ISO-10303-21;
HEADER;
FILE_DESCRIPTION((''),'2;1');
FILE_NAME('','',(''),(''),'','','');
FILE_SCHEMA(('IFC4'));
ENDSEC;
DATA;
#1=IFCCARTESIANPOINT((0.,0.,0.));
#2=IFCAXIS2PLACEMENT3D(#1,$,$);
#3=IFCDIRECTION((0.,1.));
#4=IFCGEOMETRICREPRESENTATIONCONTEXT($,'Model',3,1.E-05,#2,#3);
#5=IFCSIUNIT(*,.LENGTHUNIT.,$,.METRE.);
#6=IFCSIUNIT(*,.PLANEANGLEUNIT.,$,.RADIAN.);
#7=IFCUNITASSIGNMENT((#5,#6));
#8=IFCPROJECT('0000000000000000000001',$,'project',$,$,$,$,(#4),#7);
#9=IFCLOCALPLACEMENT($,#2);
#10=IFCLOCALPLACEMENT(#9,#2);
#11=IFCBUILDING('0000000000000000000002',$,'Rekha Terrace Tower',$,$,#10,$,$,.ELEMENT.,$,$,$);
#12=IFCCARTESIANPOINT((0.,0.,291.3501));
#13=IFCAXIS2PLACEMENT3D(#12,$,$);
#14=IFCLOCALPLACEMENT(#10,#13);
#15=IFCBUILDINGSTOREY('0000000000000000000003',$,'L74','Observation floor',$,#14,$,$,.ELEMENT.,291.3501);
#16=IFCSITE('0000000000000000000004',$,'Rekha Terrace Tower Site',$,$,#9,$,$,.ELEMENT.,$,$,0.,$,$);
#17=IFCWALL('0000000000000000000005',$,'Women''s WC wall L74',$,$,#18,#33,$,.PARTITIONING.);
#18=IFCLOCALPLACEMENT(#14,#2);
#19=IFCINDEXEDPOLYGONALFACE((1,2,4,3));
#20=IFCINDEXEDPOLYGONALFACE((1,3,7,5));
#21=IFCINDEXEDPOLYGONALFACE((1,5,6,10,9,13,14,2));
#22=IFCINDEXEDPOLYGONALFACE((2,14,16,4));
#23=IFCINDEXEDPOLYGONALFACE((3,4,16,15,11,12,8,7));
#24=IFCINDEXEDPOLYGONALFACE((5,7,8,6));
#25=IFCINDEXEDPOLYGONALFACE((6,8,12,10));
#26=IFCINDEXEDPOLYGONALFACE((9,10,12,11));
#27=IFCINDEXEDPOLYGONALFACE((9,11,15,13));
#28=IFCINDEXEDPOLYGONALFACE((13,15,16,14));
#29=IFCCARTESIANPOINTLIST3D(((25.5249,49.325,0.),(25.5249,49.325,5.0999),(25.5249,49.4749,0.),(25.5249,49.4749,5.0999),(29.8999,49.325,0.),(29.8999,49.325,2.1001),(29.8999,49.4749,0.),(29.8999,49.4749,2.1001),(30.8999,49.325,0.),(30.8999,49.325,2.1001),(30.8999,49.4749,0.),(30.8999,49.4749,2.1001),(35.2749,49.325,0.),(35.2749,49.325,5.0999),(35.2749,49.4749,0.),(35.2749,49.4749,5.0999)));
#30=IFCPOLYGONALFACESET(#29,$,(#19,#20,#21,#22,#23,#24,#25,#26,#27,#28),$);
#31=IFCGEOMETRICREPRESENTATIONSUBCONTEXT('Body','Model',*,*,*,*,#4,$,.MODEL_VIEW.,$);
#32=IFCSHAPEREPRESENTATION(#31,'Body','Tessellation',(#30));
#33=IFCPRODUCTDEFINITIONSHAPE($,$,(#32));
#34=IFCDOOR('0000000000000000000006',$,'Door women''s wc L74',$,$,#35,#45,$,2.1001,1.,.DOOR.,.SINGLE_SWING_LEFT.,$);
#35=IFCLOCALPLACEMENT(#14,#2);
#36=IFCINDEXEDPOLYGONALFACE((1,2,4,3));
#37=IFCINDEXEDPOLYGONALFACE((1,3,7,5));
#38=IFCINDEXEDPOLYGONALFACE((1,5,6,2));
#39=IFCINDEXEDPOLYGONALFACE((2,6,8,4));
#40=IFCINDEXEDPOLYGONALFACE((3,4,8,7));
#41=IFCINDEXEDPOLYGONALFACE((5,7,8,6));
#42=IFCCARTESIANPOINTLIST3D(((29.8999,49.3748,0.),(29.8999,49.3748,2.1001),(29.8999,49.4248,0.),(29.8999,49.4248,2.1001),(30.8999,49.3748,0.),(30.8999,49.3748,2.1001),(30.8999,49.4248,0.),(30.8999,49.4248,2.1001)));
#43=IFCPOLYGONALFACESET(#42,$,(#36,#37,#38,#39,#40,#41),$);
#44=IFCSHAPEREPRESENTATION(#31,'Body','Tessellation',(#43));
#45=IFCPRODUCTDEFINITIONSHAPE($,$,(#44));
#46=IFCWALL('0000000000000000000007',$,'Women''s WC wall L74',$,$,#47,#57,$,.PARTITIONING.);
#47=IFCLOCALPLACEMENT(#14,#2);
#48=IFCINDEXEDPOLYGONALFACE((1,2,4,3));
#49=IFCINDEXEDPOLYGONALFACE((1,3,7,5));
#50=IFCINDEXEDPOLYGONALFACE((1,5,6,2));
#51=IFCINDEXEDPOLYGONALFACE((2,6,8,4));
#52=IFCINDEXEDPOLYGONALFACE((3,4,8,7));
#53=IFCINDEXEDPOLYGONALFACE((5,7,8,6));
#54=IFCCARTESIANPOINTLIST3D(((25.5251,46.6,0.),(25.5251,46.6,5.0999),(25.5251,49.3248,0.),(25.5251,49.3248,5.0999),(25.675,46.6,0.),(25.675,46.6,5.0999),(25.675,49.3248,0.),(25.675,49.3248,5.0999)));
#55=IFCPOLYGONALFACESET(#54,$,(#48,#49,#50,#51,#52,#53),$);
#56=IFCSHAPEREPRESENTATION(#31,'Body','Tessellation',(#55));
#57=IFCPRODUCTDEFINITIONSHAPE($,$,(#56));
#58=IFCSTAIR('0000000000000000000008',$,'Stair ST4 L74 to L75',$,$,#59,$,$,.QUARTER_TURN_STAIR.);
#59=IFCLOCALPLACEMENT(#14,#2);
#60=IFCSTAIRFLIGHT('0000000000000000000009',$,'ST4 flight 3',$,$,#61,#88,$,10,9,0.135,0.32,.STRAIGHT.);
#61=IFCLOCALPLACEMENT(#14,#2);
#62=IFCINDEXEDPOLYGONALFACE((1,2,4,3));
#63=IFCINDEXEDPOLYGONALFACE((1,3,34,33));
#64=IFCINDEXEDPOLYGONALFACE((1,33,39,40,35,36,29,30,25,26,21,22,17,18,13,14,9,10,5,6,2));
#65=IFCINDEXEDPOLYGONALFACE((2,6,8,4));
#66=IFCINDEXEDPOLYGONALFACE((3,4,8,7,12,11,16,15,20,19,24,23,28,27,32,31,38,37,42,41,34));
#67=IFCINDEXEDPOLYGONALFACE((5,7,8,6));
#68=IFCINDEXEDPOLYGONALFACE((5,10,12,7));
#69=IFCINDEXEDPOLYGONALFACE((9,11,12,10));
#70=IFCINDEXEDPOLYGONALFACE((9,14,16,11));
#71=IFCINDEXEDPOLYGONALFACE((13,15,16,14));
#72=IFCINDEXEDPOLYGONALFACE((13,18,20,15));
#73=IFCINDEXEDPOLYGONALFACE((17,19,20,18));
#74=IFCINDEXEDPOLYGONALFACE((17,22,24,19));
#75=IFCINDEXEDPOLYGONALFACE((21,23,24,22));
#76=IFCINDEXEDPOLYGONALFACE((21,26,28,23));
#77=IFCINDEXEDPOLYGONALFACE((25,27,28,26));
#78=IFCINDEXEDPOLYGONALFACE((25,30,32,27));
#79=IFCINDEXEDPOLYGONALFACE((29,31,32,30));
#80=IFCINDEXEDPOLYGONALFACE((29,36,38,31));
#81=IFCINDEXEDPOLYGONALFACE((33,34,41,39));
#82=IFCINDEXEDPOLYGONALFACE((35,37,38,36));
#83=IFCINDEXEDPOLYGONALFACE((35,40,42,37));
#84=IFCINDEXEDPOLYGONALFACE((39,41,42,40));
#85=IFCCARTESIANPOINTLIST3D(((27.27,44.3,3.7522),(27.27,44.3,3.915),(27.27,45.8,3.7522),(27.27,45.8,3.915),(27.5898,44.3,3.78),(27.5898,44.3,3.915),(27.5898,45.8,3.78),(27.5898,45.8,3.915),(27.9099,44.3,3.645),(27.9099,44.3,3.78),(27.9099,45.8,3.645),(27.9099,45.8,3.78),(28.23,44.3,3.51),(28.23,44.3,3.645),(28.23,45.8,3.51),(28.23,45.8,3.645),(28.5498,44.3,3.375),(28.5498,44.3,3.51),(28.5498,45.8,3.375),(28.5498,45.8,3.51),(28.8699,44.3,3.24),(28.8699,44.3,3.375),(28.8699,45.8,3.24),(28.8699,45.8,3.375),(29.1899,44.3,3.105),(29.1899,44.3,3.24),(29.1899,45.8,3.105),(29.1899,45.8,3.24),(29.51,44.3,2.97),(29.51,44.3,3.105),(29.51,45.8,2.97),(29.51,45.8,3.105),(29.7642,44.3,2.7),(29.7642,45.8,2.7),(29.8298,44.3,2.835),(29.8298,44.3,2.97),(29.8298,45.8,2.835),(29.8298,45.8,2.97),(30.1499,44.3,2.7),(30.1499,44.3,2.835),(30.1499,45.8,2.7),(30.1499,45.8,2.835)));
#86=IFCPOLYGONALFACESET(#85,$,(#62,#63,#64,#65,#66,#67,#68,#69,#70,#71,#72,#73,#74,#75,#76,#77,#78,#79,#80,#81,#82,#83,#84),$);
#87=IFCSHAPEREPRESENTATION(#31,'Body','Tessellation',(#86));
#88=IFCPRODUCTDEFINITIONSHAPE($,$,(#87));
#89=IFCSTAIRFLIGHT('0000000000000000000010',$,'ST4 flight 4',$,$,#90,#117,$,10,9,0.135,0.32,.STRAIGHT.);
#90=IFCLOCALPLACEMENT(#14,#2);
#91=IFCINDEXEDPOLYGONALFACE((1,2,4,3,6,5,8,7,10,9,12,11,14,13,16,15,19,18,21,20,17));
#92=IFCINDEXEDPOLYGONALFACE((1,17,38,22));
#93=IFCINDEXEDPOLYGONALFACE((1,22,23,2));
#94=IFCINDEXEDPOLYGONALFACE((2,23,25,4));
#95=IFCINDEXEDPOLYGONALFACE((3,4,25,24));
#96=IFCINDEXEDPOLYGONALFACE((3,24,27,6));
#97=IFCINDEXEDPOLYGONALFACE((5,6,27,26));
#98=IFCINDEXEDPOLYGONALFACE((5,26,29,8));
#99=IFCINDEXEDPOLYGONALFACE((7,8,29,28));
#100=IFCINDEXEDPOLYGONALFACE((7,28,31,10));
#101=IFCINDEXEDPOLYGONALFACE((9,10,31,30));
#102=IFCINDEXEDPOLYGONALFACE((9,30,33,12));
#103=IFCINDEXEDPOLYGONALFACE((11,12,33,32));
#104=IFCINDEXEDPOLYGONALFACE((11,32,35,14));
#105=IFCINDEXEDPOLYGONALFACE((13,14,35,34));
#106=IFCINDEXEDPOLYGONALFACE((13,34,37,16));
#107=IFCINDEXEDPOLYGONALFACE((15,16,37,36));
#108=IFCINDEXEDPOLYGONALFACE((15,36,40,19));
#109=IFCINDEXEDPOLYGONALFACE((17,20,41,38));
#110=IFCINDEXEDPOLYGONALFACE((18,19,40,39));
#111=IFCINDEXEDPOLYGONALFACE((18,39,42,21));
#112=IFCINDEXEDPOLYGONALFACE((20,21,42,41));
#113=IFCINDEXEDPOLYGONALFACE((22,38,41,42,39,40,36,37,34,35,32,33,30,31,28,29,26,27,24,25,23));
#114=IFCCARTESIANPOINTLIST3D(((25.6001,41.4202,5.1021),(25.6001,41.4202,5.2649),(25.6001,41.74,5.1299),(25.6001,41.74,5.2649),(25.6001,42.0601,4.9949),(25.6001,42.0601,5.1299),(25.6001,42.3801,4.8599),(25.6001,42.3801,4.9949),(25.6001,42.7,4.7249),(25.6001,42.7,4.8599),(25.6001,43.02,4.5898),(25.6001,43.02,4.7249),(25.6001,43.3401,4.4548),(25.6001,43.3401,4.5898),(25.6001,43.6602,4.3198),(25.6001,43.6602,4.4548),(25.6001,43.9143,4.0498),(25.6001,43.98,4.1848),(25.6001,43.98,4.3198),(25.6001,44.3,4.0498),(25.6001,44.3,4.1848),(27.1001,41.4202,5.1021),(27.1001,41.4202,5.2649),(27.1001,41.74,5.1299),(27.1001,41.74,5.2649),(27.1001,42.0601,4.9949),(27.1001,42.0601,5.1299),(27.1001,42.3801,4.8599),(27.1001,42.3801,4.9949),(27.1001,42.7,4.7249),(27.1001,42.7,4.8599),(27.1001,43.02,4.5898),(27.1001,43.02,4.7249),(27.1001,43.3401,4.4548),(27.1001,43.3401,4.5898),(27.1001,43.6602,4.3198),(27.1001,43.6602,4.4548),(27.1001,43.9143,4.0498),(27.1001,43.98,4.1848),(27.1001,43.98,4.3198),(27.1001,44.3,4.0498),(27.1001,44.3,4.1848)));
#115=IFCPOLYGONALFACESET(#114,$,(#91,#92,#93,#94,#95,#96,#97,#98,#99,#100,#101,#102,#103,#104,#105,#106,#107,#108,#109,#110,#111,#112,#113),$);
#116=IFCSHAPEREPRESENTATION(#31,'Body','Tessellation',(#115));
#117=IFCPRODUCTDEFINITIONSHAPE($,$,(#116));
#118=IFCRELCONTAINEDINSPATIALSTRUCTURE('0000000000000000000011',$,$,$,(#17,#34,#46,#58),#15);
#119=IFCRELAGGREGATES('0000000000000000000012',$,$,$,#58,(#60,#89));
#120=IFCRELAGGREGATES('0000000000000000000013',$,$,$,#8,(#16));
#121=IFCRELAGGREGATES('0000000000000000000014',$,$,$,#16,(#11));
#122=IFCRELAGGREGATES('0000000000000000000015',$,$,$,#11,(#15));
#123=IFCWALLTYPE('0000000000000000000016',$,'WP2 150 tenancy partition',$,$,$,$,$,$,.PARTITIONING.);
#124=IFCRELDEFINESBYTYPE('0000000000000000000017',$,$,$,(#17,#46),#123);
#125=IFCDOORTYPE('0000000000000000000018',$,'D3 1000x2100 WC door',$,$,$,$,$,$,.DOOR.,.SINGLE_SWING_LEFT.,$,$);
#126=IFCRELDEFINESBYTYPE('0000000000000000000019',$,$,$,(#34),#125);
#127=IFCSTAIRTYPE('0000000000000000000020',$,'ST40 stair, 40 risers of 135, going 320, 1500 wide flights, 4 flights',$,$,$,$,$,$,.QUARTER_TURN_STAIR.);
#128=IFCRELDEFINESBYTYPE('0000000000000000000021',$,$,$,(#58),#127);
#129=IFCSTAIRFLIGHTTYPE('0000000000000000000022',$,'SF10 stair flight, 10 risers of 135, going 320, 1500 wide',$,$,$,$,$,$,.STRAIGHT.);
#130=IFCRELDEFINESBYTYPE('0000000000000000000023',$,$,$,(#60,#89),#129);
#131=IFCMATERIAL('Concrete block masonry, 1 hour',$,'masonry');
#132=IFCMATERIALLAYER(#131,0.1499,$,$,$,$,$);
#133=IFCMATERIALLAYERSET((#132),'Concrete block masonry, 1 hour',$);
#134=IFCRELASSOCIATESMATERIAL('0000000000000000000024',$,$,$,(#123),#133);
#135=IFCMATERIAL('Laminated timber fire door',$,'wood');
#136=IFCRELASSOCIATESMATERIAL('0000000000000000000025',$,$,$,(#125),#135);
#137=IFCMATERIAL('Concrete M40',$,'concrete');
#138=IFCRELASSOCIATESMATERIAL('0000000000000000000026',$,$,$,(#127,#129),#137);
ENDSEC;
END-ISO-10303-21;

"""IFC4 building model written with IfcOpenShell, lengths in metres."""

from ifc_helpers import new_model, si_unit, direction, frame, frame_2d, origin, place, context, subcontext, project, spatial, polyline, rectangle, outline, extrude, material, layer, layer_set, type_object, element, fill, aggregate, save


model = new_model("IFC4")

# Units and contexts
model_context = context("Model", 3, precision=1e-05, world=origin(), true_north=direction((0.0, 1.0)))
body_context = subcontext(model_context, "Body", "Model", "MODEL_VIEW")
ifc_project = project(units=[si_unit("LENGTHUNIT", "METRE"), si_unit("PLANEANGLEUNIT", "RADIAN")], contexts=[model_context])

# Site, building, storey
site_placement = place(None, origin())
site = spatial("IfcSite", under=ifc_project, at=site_placement, Name="Rekha Terrace Tower Site", CompositionType="ELEMENT", RefElevation=0.0)
building_placement = place(site_placement, origin())
building = spatial("IfcBuilding", under=site, at=building_placement, Name="Rekha Terrace Tower", CompositionType="ELEMENT")
storey_placement = place(building_placement, frame((0.0, 0.0, 291.3501)))
storey = spatial("IfcBuildingStorey", under=building, at=storey_placement, Name="L74", Description="Observation floor", CompositionType="ELEMENT", Elevation=291.3501)

# Wall, opening, door
ifc_material_1 = material(Name="Concrete block masonry, 1 hour", Category="masonry")
ifc_layer_1 = layer(ifc_material_1, 0.1499)
ifc_layer_set_1 = layer_set([ifc_layer_1], Name="Concrete block masonry, 1 hour")
wall_type_1 = type_object("IfcWallType", Name="WP2 150 tenancy partition", PredefinedType="PARTITIONING", material=ifc_layer_set_1)
wall_1_placement = place(storey_placement, frame((25.5249, 49.3999, 0.0), z_axis=(0.0, 0.0, 1.0), x_axis=(1.0, 0.0, 0.0)))
wall_1 = element("IfcWall", 1, at=wall_1_placement, inside=storey, type_object=wall_type_1, Name="Women's WC wall L74", PredefinedType="PARTITIONING", context=body_context, shape_type="SweptSolid", body=[
    extrude(rectangle(XDim=9.75, YDim=0.1499, at=frame_2d((4.875, 0.0))), origin(), (0.0, 0.0, 1.0), 5.0999),
])
opening_placement = place(wall_1_placement, frame((4.375, 0.0, 0.0)))
opening = element("IfcOpeningElement", 2, at=opening_placement, cuts=wall_1, PredefinedType="OPENING", context=body_context, shape_type="SweptSolid", body=[
    extrude(rectangle(XDim=1.0, YDim=2.1001, at=frame_2d((0.5, 1.05))), frame((0.0, 0.085, 0.0), z_axis=(0.0, -1.0, 0.0), x_axis=(1.0, 0.0, 0.0)), (0.0, 0.0, 1.0), 0.1699),
])
ifc_material_2 = material(Name="Laminated timber fire door", Category="wood")
door_type = type_object("IfcDoorType", Name="D3 1000x2100 WC door", OperationType="SINGLE_SWING_LEFT", PredefinedType="DOOR", material=ifc_material_2)
door_placement = place(opening_placement, origin())
door = element("IfcDoor", 3, at=door_placement, inside=storey, type_object=door_type, Name="Door women's wc L74", OperationType="SINGLE_SWING_LEFT", OverallHeight=2.1001, OverallWidth=1.0, PredefinedType="DOOR", context=body_context, shape_type="SweptSolid", body=[
    extrude(rectangle(XDim=1.0, YDim=2.1001, at=frame_2d((0.5, 1.05))), frame((0.0, 0.0249, 0.0), z_axis=(0.0, -1.0, 0.0), x_axis=(1.0, 0.0, 0.0)), (0.0, 0.0, 1.0), 0.05),
])
fill(opening, door)

# Wall
wall_2_placement = place(storey_placement, frame((25.6001, 46.6001, 0.0), z_axis=(0.0, 0.0, 1.0), x_axis=(0.0, 1.0, 0.0)))
element("IfcWall", 4, at=wall_2_placement, inside=storey, type_object=wall_type_1, Name="Women's WC wall L74", PredefinedType="PARTITIONING", context=body_context, shape_type="SweptSolid", body=[
    extrude(rectangle(XDim=2.7249, YDim=0.1499, at=frame_2d((1.3623, 0.0))), origin(), (0.0, 0.0, 1.0), 5.0999),
])

# Stair, stair flights
ifc_material_3 = material(Name="Concrete M40", Category="concrete")
stair_type = type_object("IfcStairType", Name="ST40 stair, 40 risers of 135, going 320, 1500 wide flights, 4 flights", PredefinedType="QUARTER_TURN_STAIR", material=ifc_material_3)
stair_placement = place(storey_placement, origin())
stair = element("IfcStair", 5, at=stair_placement, inside=storey, type_object=stair_type, Name="Stair ST4 L74 to L75", PredefinedType="QUARTER_TURN_STAIR")
stair_flight_type = type_object("IfcStairFlightType", Name="SF10 stair flight, 10 risers of 135, going 320, 1500 wide", PredefinedType="STRAIGHT", material=ifc_material_3)
stair_flight_1_placement = place(storey_placement, frame((30.1499, 45.05, 2.7), z_axis=(0.0, 0.0, 1.0), x_axis=(-1.0, 0.0, 0.0)))
stair_flight_1 = element("IfcStairFlight", 6, at=stair_flight_1_placement, type_object=stair_flight_type, Name="ST4 flight 3", NumberOfRisers=10, NumberOfTreads=9, PredefinedType="STRAIGHT", RiserHeight=0.135, TreadLength=0.32, context=body_context, shape_type="SweptSolid", body=[
    extrude(outline(polyline([(0.0, 0.0), (0.0, 0.135), (0.3201, 0.135), (0.3201, 0.27), (0.6399, 0.27), (0.6399, 0.405), (0.96, 0.405), (0.96, 0.54), (1.28, 0.54), (1.28, 0.675), (1.6001, 0.675), (1.6001, 0.8101), (1.9199, 0.8101), (1.9199, 0.9451), (2.24, 0.9451), (2.24, 1.0801), (2.5601, 1.0801), (2.5601, 1.2151), (2.8799, 1.2151), (2.8799, 1.3501), (2.8799, 1.0522), (0.3857, 0.0), (0.0, 0.0)])), frame((0.0, 0.75, 0.0), z_axis=(0.0, -1.0, 0.0), x_axis=(1.0, 0.0, 0.0)), (0.0, 0.0, 1.0), 1.5),
])
stair_flight_2_placement = place(storey_placement, frame((26.3501, 44.3, 4.0498), z_axis=(0.0, 0.0, 1.0), x_axis=(0.0, -1.0, 0.0)))
stair_flight_2 = element("IfcStairFlight", 7, at=stair_flight_2_placement, type_object=stair_flight_type, Name="ST4 flight 4", NumberOfRisers=10, NumberOfTreads=9, PredefinedType="STRAIGHT", RiserHeight=0.135, TreadLength=0.32, context=body_context, shape_type="SweptSolid", body=[
    extrude(outline(polyline([(0.0, 0.0), (0.0, 0.135), (0.3201, 0.135), (0.3201, 0.27), (0.6399, 0.27), (0.6399, 0.405), (0.96, 0.405), (0.96, 0.54), (1.28, 0.54), (1.28, 0.675), (1.6001, 0.675), (1.6001, 0.8101), (1.9199, 0.8101), (1.9199, 0.9451), (2.24, 0.9451), (2.24, 1.0801), (2.5601, 1.0801), (2.5601, 1.2151), (2.8799, 1.2151), (2.8799, 1.3501), (2.8799, 1.0522), (0.3857, 0.0), (0.0, 0.0)])), frame((0.0, 0.75, 0.0), z_axis=(0.0, -1.0, 0.0), x_axis=(1.0, 0.0, 0.0)), (0.0, 0.0, 1.0), 1.5),
])
aggregate(stair, [stair_flight_1, stair_flight_2])

save(model, "model.ifc")
